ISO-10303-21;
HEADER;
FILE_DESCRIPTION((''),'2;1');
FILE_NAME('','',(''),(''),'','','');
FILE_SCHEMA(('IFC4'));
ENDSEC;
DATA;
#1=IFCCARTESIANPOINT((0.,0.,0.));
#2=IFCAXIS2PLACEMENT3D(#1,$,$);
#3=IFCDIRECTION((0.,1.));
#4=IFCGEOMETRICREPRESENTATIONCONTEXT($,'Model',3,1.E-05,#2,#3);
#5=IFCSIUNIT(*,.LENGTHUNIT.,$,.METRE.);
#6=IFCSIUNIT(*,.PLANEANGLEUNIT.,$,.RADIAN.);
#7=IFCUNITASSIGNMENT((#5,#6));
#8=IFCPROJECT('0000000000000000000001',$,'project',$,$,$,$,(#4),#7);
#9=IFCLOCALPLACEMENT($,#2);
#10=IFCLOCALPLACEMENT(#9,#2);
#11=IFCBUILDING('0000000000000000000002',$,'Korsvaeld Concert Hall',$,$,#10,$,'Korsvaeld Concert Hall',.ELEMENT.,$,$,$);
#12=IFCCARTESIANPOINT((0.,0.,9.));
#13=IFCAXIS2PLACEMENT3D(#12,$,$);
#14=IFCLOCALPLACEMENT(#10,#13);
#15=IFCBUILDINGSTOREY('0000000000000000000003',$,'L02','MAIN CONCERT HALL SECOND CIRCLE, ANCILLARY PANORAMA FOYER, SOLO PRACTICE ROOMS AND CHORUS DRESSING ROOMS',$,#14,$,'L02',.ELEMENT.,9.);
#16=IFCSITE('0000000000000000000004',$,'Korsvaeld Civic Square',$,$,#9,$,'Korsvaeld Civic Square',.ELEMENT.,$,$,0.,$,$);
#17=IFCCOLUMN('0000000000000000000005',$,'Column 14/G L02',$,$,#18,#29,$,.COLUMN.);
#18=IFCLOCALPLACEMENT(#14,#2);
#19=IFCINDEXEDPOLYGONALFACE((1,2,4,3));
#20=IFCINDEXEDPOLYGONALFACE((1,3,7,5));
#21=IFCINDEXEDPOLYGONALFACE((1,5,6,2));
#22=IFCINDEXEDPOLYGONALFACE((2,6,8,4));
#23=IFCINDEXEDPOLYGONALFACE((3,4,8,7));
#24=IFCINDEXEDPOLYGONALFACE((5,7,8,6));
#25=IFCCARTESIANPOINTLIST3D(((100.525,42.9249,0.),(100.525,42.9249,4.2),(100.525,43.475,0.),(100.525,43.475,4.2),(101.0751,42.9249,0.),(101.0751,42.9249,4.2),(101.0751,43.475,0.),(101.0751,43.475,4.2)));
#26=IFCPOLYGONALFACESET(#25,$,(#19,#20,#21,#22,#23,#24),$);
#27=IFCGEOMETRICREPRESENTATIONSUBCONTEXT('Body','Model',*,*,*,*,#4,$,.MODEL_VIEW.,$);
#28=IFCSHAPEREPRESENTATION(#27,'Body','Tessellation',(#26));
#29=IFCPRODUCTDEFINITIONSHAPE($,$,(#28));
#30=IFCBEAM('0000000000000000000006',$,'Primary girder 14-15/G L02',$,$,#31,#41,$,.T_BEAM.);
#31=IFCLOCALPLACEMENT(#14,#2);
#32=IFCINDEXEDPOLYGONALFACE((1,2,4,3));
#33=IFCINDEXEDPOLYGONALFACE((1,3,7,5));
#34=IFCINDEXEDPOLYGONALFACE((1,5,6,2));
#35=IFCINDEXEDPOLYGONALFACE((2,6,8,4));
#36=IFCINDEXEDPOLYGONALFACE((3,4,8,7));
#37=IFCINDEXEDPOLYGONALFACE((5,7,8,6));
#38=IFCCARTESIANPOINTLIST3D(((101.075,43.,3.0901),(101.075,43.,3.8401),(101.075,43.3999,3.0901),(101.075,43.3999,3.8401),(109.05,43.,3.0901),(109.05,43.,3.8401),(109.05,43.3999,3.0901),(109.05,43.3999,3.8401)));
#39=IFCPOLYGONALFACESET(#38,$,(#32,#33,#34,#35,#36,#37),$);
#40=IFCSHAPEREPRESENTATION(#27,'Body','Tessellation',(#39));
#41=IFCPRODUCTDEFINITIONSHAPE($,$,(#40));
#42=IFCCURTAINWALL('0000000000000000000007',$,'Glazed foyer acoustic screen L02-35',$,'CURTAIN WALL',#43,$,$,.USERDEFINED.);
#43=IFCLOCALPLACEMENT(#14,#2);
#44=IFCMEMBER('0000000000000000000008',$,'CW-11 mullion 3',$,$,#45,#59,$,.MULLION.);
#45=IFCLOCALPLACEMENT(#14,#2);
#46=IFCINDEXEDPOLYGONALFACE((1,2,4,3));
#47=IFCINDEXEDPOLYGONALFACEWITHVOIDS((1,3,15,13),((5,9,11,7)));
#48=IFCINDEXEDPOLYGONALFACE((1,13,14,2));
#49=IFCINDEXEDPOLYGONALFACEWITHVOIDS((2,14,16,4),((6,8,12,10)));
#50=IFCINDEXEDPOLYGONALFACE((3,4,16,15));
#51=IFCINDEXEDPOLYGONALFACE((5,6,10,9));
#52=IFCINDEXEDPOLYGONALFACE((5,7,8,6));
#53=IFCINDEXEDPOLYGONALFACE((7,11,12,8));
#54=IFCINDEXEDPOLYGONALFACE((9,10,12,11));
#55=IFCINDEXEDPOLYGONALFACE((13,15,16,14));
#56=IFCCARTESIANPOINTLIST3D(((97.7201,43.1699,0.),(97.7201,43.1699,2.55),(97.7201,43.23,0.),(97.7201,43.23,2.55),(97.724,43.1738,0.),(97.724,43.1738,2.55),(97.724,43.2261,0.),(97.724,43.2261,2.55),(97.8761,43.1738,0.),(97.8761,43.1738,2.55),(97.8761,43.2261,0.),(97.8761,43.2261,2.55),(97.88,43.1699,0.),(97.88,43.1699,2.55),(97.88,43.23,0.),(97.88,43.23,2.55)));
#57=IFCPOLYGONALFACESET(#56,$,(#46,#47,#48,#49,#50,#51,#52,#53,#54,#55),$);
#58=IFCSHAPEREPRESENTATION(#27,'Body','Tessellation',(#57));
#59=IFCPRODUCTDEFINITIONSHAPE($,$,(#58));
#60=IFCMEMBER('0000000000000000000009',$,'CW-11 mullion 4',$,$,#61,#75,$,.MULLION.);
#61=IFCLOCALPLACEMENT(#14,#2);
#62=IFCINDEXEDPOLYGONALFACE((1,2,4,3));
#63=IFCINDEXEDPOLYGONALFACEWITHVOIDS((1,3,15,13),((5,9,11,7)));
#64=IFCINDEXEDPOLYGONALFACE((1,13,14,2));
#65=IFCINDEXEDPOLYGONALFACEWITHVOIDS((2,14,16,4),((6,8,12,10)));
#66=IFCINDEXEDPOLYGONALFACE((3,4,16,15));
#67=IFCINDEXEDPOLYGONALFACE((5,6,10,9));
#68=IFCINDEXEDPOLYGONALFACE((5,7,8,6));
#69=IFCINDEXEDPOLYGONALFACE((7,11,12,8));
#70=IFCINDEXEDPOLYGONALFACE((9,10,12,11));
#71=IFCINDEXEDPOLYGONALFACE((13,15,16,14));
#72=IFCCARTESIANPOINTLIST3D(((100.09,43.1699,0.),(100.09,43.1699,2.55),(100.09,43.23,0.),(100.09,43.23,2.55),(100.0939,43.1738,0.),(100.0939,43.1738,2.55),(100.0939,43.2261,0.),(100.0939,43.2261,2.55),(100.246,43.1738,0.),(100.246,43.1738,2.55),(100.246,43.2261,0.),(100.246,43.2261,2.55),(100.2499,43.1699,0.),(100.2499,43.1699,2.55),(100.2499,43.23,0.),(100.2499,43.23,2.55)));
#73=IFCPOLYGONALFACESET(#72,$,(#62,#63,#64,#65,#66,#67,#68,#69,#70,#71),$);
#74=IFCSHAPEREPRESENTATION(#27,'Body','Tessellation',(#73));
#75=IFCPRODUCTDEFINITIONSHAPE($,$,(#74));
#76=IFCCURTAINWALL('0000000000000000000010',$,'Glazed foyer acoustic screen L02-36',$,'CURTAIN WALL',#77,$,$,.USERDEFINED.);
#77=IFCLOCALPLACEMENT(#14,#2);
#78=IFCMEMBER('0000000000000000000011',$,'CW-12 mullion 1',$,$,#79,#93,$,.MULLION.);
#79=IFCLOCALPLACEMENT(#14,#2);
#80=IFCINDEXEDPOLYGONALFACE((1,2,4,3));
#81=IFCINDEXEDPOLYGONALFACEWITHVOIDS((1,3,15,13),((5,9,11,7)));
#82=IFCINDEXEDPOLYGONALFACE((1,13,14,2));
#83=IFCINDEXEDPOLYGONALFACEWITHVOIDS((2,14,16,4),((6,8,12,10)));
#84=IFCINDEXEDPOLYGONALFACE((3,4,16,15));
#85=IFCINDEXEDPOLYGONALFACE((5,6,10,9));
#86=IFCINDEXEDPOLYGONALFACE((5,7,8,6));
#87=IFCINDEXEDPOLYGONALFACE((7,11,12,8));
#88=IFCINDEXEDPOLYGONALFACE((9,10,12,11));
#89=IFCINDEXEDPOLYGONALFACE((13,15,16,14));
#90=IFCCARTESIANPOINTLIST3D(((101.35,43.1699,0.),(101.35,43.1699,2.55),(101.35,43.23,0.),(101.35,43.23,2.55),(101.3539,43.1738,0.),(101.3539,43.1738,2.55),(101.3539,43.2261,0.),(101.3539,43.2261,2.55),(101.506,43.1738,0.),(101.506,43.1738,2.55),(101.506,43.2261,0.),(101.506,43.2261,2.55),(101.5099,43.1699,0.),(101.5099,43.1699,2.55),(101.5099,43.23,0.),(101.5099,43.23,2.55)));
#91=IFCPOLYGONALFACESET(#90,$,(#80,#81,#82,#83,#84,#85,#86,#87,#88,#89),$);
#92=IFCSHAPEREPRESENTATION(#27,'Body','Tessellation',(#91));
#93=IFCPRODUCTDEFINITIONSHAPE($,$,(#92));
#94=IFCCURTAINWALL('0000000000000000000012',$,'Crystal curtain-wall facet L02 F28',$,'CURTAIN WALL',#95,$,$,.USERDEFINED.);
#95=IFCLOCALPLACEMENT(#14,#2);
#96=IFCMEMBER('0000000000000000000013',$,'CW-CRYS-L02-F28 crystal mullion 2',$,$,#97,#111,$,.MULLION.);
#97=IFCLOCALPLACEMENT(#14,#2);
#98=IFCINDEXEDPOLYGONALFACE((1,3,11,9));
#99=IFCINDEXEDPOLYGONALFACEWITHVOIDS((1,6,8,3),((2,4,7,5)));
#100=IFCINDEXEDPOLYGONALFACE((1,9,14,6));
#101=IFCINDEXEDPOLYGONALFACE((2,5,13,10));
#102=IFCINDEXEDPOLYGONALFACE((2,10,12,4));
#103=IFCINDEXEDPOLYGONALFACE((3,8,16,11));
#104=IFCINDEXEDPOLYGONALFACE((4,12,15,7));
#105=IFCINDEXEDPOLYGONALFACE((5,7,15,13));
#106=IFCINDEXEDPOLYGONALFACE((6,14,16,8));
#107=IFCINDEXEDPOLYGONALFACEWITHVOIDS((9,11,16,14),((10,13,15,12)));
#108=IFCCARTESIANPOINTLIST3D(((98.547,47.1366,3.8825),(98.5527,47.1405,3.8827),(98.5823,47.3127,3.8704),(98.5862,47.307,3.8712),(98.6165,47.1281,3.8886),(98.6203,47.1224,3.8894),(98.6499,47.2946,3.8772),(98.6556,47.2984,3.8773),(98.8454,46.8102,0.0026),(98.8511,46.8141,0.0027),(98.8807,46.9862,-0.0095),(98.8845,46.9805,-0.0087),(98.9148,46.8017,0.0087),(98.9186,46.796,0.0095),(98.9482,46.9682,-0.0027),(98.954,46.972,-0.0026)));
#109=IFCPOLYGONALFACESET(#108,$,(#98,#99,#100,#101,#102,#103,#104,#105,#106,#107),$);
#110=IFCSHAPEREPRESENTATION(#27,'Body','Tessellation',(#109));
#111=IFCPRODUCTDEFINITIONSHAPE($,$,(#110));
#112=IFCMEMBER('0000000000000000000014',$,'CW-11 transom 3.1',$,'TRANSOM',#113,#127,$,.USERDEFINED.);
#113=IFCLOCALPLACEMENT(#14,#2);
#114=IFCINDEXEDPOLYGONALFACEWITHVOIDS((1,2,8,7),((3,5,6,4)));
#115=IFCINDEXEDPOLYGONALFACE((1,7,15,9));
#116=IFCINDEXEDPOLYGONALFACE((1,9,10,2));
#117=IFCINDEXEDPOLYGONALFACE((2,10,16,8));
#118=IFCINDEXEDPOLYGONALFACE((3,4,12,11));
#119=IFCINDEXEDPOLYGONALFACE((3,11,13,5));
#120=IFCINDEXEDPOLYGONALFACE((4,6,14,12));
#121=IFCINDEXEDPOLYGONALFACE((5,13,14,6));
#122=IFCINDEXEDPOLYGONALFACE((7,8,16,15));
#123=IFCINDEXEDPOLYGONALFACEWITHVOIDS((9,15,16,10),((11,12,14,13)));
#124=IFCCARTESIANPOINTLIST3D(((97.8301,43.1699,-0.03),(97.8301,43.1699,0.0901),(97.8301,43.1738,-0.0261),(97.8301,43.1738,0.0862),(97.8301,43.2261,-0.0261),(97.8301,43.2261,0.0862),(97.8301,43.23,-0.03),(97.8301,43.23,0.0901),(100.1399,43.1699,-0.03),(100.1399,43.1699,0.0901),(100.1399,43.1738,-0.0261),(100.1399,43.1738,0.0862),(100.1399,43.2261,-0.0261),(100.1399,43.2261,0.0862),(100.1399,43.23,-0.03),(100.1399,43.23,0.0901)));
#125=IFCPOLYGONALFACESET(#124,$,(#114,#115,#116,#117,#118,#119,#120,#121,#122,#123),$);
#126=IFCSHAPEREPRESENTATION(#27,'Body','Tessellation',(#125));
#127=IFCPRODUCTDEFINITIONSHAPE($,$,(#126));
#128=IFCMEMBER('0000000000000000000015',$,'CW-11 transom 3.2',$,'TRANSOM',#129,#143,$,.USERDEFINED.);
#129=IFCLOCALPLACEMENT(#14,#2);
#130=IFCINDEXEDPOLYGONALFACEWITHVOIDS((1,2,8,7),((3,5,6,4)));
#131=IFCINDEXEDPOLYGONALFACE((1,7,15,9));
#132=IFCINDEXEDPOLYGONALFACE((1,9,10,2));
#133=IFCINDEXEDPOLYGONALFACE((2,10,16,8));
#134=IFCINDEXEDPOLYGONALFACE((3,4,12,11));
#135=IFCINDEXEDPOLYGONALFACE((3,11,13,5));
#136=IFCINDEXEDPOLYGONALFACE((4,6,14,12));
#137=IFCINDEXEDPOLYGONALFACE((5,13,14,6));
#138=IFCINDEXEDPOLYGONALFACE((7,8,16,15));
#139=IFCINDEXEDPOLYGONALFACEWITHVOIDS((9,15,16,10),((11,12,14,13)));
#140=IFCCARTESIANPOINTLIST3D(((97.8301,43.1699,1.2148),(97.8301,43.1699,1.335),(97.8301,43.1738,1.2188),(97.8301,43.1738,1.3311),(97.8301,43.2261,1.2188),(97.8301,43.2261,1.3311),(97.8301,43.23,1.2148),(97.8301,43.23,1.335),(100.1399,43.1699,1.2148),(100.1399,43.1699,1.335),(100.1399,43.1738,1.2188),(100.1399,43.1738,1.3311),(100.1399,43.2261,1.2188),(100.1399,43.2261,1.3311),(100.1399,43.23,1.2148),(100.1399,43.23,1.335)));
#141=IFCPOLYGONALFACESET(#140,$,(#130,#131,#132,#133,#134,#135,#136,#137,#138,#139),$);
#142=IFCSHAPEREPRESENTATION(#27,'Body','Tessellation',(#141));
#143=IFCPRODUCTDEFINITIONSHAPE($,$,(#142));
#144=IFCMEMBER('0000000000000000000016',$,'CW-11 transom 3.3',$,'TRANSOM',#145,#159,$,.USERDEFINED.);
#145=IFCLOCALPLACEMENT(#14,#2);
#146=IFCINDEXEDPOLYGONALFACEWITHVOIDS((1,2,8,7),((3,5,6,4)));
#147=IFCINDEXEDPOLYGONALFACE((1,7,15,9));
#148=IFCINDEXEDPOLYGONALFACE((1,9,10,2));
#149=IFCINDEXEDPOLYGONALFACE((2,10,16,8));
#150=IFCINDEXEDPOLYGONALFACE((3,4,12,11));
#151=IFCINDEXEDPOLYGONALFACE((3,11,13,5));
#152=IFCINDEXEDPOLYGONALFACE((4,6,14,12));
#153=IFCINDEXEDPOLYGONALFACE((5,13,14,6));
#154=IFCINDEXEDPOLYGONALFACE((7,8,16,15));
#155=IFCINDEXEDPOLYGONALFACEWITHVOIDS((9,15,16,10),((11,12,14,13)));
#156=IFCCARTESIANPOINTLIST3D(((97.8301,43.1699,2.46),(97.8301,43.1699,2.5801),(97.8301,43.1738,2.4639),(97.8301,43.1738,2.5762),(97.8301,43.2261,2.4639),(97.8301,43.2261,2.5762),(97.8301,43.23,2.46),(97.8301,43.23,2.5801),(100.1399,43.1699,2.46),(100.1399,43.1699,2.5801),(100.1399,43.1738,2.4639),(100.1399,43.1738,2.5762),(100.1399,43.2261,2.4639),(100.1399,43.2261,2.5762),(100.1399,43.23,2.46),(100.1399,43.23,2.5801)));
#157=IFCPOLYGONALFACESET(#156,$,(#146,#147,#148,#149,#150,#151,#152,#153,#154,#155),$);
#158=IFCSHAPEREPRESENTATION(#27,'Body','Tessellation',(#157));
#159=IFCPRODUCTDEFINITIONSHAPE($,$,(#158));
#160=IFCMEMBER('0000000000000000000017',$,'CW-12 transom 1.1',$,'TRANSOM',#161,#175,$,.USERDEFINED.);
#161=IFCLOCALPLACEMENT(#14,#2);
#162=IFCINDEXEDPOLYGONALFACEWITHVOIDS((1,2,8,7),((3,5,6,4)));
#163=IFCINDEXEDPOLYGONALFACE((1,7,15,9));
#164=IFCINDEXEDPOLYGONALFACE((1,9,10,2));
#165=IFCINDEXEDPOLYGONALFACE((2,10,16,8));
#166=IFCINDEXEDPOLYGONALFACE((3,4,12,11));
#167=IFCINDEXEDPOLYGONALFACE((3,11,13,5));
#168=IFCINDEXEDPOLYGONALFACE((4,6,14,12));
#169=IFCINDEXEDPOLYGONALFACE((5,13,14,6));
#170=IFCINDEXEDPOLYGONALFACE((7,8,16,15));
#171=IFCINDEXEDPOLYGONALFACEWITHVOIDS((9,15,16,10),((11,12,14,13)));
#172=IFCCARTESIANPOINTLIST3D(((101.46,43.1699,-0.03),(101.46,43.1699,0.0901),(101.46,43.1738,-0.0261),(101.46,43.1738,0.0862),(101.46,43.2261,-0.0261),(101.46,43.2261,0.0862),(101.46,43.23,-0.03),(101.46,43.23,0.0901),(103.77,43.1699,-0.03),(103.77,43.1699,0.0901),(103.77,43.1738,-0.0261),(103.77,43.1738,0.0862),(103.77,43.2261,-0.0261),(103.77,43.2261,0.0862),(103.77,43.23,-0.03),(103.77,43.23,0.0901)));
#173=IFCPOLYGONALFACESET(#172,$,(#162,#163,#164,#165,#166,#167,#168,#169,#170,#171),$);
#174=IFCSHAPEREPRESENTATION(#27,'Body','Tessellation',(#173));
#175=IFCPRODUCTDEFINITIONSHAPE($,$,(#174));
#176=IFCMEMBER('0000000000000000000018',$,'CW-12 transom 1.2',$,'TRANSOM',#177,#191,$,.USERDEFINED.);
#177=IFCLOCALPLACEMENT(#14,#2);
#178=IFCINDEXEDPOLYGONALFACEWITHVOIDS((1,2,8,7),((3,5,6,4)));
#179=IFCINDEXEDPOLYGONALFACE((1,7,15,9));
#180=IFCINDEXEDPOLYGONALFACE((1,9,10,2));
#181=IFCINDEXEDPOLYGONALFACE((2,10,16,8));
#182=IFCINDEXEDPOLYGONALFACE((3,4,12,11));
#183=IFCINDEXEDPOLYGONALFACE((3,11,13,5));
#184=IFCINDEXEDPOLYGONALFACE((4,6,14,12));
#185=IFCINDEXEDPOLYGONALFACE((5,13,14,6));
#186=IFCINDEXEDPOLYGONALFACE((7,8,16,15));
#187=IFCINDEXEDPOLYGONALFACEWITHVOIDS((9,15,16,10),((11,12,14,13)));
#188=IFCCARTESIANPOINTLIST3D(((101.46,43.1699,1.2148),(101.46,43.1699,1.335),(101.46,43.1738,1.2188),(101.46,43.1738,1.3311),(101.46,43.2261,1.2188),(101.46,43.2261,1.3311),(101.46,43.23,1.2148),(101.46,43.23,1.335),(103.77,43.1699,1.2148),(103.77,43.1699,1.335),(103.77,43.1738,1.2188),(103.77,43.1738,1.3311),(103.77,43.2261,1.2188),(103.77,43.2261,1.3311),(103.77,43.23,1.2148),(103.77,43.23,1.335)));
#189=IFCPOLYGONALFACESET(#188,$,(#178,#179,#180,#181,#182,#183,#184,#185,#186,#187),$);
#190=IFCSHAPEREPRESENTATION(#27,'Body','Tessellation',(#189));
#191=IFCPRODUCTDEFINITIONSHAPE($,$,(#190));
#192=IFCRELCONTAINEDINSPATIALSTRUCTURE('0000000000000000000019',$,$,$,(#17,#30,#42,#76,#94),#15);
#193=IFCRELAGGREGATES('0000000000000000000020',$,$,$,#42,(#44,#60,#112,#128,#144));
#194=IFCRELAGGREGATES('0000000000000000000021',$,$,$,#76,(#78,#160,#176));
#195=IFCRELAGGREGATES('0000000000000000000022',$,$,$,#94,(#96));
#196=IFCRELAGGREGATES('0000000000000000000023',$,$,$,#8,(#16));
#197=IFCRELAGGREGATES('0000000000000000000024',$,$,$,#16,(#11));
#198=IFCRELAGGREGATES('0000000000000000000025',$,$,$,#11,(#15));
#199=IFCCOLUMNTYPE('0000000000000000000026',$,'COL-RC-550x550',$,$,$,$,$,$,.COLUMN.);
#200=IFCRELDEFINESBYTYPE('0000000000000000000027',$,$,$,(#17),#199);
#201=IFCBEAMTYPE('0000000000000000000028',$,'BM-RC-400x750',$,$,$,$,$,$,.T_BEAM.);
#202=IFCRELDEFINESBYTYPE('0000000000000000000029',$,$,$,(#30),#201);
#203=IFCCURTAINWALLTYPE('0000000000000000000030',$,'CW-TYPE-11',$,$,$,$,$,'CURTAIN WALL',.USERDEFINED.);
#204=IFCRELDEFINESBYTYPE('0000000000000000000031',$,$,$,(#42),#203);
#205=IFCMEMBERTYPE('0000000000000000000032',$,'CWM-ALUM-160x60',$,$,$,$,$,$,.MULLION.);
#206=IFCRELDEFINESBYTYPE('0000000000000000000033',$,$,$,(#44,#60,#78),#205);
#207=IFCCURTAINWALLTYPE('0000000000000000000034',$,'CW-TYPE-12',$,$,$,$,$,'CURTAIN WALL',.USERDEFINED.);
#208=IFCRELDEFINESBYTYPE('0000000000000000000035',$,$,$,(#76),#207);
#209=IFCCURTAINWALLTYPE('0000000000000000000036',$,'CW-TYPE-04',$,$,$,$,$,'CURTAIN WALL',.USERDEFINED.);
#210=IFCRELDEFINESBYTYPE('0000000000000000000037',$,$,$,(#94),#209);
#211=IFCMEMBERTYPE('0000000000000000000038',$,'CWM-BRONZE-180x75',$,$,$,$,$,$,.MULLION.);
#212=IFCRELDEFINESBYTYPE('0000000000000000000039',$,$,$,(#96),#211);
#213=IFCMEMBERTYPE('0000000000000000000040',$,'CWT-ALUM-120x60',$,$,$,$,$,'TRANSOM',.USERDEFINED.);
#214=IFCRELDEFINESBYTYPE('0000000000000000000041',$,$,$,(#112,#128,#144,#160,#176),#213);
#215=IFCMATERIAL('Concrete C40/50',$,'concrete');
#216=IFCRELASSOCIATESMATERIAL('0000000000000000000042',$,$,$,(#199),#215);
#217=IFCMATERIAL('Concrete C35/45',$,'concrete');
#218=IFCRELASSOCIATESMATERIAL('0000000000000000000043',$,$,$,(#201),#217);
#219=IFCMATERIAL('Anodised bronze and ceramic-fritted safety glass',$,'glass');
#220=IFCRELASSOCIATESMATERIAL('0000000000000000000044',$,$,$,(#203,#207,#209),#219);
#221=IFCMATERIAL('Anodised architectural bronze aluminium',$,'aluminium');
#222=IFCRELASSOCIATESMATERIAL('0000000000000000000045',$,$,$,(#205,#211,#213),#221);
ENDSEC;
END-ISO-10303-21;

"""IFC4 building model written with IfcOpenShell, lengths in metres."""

from ifc_helpers import new_model, si_unit, direction, frame, origin, origin_2d, place, context, subcontext, project, spatial, rectangle, hollow_rectangle, extrude, material, material_profile, profile_set, type_object, element, aggregate, save


model = new_model("IFC4")

# Units and contexts
model_context = context("Model", 3, precision=1e-05, world=origin(), true_north=direction((0.0, 1.0)))
body_context = subcontext(model_context, "Body", "Model", "MODEL_VIEW")
ifc_project = project(units=[si_unit("LENGTHUNIT", "METRE"), si_unit("PLANEANGLEUNIT", "RADIAN")], contexts=[model_context])

# Site, building, storey
site_placement = place(None, origin())
site = spatial("IfcSite", under=ifc_project, at=site_placement, Name="Korsvaeld Civic Square", LongName="Korsvaeld Civic Square", CompositionType="ELEMENT", RefElevation=0.0)
building_placement = place(site_placement, origin())
building = spatial("IfcBuilding", under=site, at=building_placement, Name="Korsvaeld Concert Hall", LongName="Korsvaeld Concert Hall", CompositionType="ELEMENT")
storey_placement = place(building_placement, frame((0.0, 0.0, 9.0)))
storey = spatial("IfcBuildingStorey", under=building, at=storey_placement, Name="L02", Description="MAIN CONCERT HALL SECOND CIRCLE, ANCILLARY PANORAMA FOYER, SOLO PRACTICE ROOMS AND CHORUS DRESSING ROOMS", LongName="L02", CompositionType="ELEMENT", Elevation=9.0)

# Column
ifc_material_1 = material(Name="Concrete C40/50", Category="concrete")
ifc_material_profile_1 = material_profile(ifc_material_1, rectangle(XDim=0.55, YDim=0.55, at=origin_2d()), Name="RC 550x550")
ifc_profile_set_1 = profile_set([ifc_material_profile_1], Name="Concrete C40/50")
column_type = type_object("IfcColumnType", Name="COL-RC-550x550", PredefinedType="COLUMN", material=ifc_profile_set_1)
column_placement = place(storey_placement, frame((100.8, 43.2, 0.0), z_axis=(0.0, 0.0, 1.0), x_axis=(1.0, 0.0, 0.0)))
element("IfcColumn", 1, at=column_placement, inside=storey, type_object=column_type, Name="Column 14/G L02", PredefinedType="COLUMN", context=body_context, shape_type="SweptSolid", body=[
    extrude(rectangle(XDim=0.55, YDim=0.55, at=origin_2d()), origin(), (0.0, 0.0, 1.0), 4.2),
])

# Beam
ifc_material_2 = material(Name="Concrete C35/45", Category="concrete")
ifc_material_profile_2 = material_profile(ifc_material_2, rectangle(XDim=0.3999, YDim=0.75, at=origin_2d()), Name="RC 400x750")
ifc_profile_set_2 = profile_set([ifc_material_profile_2], Name="Concrete C35/45")
beam_type = type_object("IfcBeamType", Name="BM-RC-400x750", PredefinedType="T_BEAM", material=ifc_profile_set_2)
beam_placement = place(storey_placement, frame((101.075, 43.2, 3.4651), z_axis=(1.0, 0.0, 0.0), x_axis=(0.0, 1.0, 0.0)))
element("IfcBeam", 2, at=beam_placement, inside=storey, type_object=beam_type, Name="Primary girder 14-15/G L02", PredefinedType="T_BEAM", context=body_context, shape_type="SweptSolid", body=[
    extrude(rectangle(XDim=0.3999, YDim=0.75, at=origin_2d()), origin(), (0.0, 0.0, 1.0), 7.9751),
])

# Curtain wall, members
ifc_material_3 = material(Name="Anodised bronze and ceramic-fritted safety glass", Category="glass")
curtain_wall_type_1 = type_object("IfcCurtainWallType", Name="CW-TYPE-11", ElementType="CURTAIN WALL", PredefinedType="USERDEFINED", material=ifc_material_3)
curtain_wall_1_placement = place(storey_placement, origin())
curtain_wall_1 = element("IfcCurtainWall", 3, at=curtain_wall_1_placement, inside=storey, type_object=curtain_wall_type_1, Name="Glazed foyer acoustic screen L02-35", ObjectType="CURTAIN WALL", PredefinedType="USERDEFINED")
ifc_material_4 = material(Name="Anodised architectural bronze aluminium", Category="aluminium")
ifc_material_profile_3 = material_profile(ifc_material_4, hollow_rectangle(XDim=0.0601, YDim=0.1599, WallThickness=0.0039, at=origin_2d()), Name="CWM 160x60x4")
ifc_profile_set_3 = profile_set([ifc_material_profile_3], Name="Anodised architectural bronze aluminium")
member_type_1 = type_object("IfcMemberType", Name="CWM-ALUM-160x60", PredefinedType="MULLION", material=ifc_profile_set_3)
member_1_placement = place(storey_placement, frame((97.8, 43.2, 0.0), z_axis=(0.0, 0.0, 1.0), x_axis=(0.0, 1.0, 0.0)))
member_1 = element("IfcMember", 4, at=member_1_placement, type_object=member_type_1, Name="CW-11 mullion 3", PredefinedType="MULLION", context=body_context, shape_type="SweptSolid", body=[
    extrude(hollow_rectangle(XDim=0.0601, YDim=0.1599, WallThickness=0.0039, at=origin_2d()), origin(), (0.0, 0.0, 1.0), 2.55),
])
member_2_placement = place(storey_placement, frame((100.1699, 43.2, 0.0), z_axis=(0.0, 0.0, 1.0), x_axis=(0.0, 1.0, 0.0)))
member_2 = element("IfcMember", 5, at=member_2_placement, type_object=member_type_1, Name="CW-11 mullion 4", PredefinedType="MULLION", context=body_context, shape_type="SweptSolid", body=[
    extrude(hollow_rectangle(XDim=0.0601, YDim=0.1599, WallThickness=0.0039, at=origin_2d()), origin(), (0.0, 0.0, 1.0), 2.55),
])

# Curtain walls, members
curtain_wall_type_2 = type_object("IfcCurtainWallType", Name="CW-TYPE-12", ElementType="CURTAIN WALL", PredefinedType="USERDEFINED", material=ifc_material_3)
curtain_wall_2_placement = place(storey_placement, origin())
curtain_wall_2 = element("IfcCurtainWall", 6, at=curtain_wall_2_placement, inside=storey, type_object=curtain_wall_type_2, Name="Glazed foyer acoustic screen L02-36", ObjectType="CURTAIN WALL", PredefinedType="USERDEFINED")
member_3_placement = place(storey_placement, frame((101.4299, 43.2, 0.0), z_axis=(0.0, 0.0, 1.0), x_axis=(0.0, 1.0, 0.0)))
member_3 = element("IfcMember", 7, at=member_3_placement, type_object=member_type_1, Name="CW-12 mullion 1", PredefinedType="MULLION", context=body_context, shape_type="SweptSolid", body=[
    extrude(hollow_rectangle(XDim=0.0601, YDim=0.1599, WallThickness=0.0039, at=origin_2d()), origin(), (0.0, 0.0, 1.0), 2.55),
])
curtain_wall_type_3 = type_object("IfcCurtainWallType", Name="CW-TYPE-04", ElementType="CURTAIN WALL", PredefinedType="USERDEFINED", material=ifc_material_3)
curtain_wall_3_placement = place(storey_placement, origin())
curtain_wall_3 = element("IfcCurtainWall", 8, at=curtain_wall_3_placement, inside=storey, type_object=curtain_wall_type_3, Name="Crystal curtain-wall facet L02 F28", ObjectType="CURTAIN WALL", PredefinedType="USERDEFINED")
ifc_material_profile_4 = material_profile(ifc_material_4, hollow_rectangle(XDim=0.075, YDim=0.1799, WallThickness=0.0049, at=origin_2d()), Name="CWM 180x75x5")
ifc_profile_set_4 = profile_set([ifc_material_profile_4], Name="Anodised architectural bronze aluminium")
member_type_2 = type_object("IfcMemberType", Name="CWM-BRONZE-180x75", PredefinedType="MULLION", material=ifc_profile_set_4)
member_4_placement = place(storey_placement, frame((98.8997, 46.8911, 0.0), z_axis=(-0.076399, 0.083589, 0.993567), x_axis=(0.977549, -0.18997, 0.09115)))
member_4 = element("IfcMember", 9, at=member_4_placement, type_object=member_type_2, Name="CW-CRYS-L02-F28 crystal mullion 2", PredefinedType="MULLION", context=body_context, shape_type="SweptSolid", body=[
    extrude(hollow_rectangle(XDim=0.075, YDim=0.1799, WallThickness=0.0049, at=origin_2d()), origin(), (0.0, 0.0, 1.0), 3.905),
])

# Members
ifc_material_profile_5 = material_profile(ifc_material_4, hollow_rectangle(XDim=0.0601, YDim=0.1201, WallThickness=0.0039, at=origin_2d()), Name="CWT 120x60x4")
ifc_profile_set_5 = profile_set([ifc_material_profile_5], Name="Anodised architectural bronze aluminium")
member_type_3 = type_object("IfcMemberType", Name="CWT-ALUM-120x60", ElementType="TRANSOM", PredefinedType="USERDEFINED", material=ifc_profile_set_5)
member_5_placement = place(storey_placement, frame((97.8301, 43.2, 0.03), z_axis=(1.0, 0.0, 0.0), x_axis=(0.0, 1.0, 0.0)))
member_5 = element("IfcMember", 10, at=member_5_placement, type_object=member_type_3, Name="CW-11 transom 3.1", ObjectType="TRANSOM", PredefinedType="USERDEFINED", context=body_context, shape_type="SweptSolid", body=[
    extrude(hollow_rectangle(XDim=0.0601, YDim=0.1201, WallThickness=0.0039, at=origin_2d()), origin(), (0.0, 0.0, 1.0), 2.3098),
])
member_6_placement = place(storey_placement, frame((97.8301, 43.2, 1.2749), z_axis=(1.0, 0.0, 0.0), x_axis=(0.0, 1.0, 0.0)))
member_6 = element("IfcMember", 11, at=member_6_placement, type_object=member_type_3, Name="CW-11 transom 3.2", ObjectType="TRANSOM", PredefinedType="USERDEFINED", context=body_context, shape_type="SweptSolid", body=[
    extrude(hollow_rectangle(XDim=0.0601, YDim=0.1201, WallThickness=0.0039, at=origin_2d()), origin(), (0.0, 0.0, 1.0), 2.3098),
])
member_7_placement = place(storey_placement, frame((97.8301, 43.2, 2.52), z_axis=(1.0, 0.0, 0.0), x_axis=(0.0, 1.0, 0.0)))
member_7 = element("IfcMember", 12, at=member_7_placement, type_object=member_type_3, Name="CW-11 transom 3.3", ObjectType="TRANSOM", PredefinedType="USERDEFINED", context=body_context, shape_type="SweptSolid", body=[
    extrude(hollow_rectangle(XDim=0.0601, YDim=0.1201, WallThickness=0.0039, at=origin_2d()), origin(), (0.0, 0.0, 1.0), 2.3098),
])
member_8_placement = place(storey_placement, frame((101.46, 43.2, 0.03), z_axis=(1.0, 0.0, 0.0), x_axis=(0.0, 1.0, 0.0)))
member_8 = element("IfcMember", 13, at=member_8_placement, type_object=member_type_3, Name="CW-12 transom 1.1", ObjectType="TRANSOM", PredefinedType="USERDEFINED", context=body_context, shape_type="SweptSolid", body=[
    extrude(hollow_rectangle(XDim=0.0601, YDim=0.1201, WallThickness=0.0039, at=origin_2d()), origin(), (0.0, 0.0, 1.0), 2.3101),
])
member_9_placement = place(storey_placement, frame((101.46, 43.2, 1.2749), z_axis=(1.0, 0.0, 0.0), x_axis=(0.0, 1.0, 0.0)))
member_9 = element("IfcMember", 14, at=member_9_placement, type_object=member_type_3, Name="CW-12 transom 1.2", ObjectType="TRANSOM", PredefinedType="USERDEFINED", context=body_context, shape_type="SweptSolid", body=[
    extrude(hollow_rectangle(XDim=0.0601, YDim=0.1201, WallThickness=0.0039, at=origin_2d()), origin(), (0.0, 0.0, 1.0), 2.3101),
])

aggregate(curtain_wall_1, [member_1, member_2, member_5, member_6, member_7])
aggregate(curtain_wall_2, [member_3, member_8, member_9])
aggregate(curtain_wall_3, [member_4])

save(model, "model.ifc")
